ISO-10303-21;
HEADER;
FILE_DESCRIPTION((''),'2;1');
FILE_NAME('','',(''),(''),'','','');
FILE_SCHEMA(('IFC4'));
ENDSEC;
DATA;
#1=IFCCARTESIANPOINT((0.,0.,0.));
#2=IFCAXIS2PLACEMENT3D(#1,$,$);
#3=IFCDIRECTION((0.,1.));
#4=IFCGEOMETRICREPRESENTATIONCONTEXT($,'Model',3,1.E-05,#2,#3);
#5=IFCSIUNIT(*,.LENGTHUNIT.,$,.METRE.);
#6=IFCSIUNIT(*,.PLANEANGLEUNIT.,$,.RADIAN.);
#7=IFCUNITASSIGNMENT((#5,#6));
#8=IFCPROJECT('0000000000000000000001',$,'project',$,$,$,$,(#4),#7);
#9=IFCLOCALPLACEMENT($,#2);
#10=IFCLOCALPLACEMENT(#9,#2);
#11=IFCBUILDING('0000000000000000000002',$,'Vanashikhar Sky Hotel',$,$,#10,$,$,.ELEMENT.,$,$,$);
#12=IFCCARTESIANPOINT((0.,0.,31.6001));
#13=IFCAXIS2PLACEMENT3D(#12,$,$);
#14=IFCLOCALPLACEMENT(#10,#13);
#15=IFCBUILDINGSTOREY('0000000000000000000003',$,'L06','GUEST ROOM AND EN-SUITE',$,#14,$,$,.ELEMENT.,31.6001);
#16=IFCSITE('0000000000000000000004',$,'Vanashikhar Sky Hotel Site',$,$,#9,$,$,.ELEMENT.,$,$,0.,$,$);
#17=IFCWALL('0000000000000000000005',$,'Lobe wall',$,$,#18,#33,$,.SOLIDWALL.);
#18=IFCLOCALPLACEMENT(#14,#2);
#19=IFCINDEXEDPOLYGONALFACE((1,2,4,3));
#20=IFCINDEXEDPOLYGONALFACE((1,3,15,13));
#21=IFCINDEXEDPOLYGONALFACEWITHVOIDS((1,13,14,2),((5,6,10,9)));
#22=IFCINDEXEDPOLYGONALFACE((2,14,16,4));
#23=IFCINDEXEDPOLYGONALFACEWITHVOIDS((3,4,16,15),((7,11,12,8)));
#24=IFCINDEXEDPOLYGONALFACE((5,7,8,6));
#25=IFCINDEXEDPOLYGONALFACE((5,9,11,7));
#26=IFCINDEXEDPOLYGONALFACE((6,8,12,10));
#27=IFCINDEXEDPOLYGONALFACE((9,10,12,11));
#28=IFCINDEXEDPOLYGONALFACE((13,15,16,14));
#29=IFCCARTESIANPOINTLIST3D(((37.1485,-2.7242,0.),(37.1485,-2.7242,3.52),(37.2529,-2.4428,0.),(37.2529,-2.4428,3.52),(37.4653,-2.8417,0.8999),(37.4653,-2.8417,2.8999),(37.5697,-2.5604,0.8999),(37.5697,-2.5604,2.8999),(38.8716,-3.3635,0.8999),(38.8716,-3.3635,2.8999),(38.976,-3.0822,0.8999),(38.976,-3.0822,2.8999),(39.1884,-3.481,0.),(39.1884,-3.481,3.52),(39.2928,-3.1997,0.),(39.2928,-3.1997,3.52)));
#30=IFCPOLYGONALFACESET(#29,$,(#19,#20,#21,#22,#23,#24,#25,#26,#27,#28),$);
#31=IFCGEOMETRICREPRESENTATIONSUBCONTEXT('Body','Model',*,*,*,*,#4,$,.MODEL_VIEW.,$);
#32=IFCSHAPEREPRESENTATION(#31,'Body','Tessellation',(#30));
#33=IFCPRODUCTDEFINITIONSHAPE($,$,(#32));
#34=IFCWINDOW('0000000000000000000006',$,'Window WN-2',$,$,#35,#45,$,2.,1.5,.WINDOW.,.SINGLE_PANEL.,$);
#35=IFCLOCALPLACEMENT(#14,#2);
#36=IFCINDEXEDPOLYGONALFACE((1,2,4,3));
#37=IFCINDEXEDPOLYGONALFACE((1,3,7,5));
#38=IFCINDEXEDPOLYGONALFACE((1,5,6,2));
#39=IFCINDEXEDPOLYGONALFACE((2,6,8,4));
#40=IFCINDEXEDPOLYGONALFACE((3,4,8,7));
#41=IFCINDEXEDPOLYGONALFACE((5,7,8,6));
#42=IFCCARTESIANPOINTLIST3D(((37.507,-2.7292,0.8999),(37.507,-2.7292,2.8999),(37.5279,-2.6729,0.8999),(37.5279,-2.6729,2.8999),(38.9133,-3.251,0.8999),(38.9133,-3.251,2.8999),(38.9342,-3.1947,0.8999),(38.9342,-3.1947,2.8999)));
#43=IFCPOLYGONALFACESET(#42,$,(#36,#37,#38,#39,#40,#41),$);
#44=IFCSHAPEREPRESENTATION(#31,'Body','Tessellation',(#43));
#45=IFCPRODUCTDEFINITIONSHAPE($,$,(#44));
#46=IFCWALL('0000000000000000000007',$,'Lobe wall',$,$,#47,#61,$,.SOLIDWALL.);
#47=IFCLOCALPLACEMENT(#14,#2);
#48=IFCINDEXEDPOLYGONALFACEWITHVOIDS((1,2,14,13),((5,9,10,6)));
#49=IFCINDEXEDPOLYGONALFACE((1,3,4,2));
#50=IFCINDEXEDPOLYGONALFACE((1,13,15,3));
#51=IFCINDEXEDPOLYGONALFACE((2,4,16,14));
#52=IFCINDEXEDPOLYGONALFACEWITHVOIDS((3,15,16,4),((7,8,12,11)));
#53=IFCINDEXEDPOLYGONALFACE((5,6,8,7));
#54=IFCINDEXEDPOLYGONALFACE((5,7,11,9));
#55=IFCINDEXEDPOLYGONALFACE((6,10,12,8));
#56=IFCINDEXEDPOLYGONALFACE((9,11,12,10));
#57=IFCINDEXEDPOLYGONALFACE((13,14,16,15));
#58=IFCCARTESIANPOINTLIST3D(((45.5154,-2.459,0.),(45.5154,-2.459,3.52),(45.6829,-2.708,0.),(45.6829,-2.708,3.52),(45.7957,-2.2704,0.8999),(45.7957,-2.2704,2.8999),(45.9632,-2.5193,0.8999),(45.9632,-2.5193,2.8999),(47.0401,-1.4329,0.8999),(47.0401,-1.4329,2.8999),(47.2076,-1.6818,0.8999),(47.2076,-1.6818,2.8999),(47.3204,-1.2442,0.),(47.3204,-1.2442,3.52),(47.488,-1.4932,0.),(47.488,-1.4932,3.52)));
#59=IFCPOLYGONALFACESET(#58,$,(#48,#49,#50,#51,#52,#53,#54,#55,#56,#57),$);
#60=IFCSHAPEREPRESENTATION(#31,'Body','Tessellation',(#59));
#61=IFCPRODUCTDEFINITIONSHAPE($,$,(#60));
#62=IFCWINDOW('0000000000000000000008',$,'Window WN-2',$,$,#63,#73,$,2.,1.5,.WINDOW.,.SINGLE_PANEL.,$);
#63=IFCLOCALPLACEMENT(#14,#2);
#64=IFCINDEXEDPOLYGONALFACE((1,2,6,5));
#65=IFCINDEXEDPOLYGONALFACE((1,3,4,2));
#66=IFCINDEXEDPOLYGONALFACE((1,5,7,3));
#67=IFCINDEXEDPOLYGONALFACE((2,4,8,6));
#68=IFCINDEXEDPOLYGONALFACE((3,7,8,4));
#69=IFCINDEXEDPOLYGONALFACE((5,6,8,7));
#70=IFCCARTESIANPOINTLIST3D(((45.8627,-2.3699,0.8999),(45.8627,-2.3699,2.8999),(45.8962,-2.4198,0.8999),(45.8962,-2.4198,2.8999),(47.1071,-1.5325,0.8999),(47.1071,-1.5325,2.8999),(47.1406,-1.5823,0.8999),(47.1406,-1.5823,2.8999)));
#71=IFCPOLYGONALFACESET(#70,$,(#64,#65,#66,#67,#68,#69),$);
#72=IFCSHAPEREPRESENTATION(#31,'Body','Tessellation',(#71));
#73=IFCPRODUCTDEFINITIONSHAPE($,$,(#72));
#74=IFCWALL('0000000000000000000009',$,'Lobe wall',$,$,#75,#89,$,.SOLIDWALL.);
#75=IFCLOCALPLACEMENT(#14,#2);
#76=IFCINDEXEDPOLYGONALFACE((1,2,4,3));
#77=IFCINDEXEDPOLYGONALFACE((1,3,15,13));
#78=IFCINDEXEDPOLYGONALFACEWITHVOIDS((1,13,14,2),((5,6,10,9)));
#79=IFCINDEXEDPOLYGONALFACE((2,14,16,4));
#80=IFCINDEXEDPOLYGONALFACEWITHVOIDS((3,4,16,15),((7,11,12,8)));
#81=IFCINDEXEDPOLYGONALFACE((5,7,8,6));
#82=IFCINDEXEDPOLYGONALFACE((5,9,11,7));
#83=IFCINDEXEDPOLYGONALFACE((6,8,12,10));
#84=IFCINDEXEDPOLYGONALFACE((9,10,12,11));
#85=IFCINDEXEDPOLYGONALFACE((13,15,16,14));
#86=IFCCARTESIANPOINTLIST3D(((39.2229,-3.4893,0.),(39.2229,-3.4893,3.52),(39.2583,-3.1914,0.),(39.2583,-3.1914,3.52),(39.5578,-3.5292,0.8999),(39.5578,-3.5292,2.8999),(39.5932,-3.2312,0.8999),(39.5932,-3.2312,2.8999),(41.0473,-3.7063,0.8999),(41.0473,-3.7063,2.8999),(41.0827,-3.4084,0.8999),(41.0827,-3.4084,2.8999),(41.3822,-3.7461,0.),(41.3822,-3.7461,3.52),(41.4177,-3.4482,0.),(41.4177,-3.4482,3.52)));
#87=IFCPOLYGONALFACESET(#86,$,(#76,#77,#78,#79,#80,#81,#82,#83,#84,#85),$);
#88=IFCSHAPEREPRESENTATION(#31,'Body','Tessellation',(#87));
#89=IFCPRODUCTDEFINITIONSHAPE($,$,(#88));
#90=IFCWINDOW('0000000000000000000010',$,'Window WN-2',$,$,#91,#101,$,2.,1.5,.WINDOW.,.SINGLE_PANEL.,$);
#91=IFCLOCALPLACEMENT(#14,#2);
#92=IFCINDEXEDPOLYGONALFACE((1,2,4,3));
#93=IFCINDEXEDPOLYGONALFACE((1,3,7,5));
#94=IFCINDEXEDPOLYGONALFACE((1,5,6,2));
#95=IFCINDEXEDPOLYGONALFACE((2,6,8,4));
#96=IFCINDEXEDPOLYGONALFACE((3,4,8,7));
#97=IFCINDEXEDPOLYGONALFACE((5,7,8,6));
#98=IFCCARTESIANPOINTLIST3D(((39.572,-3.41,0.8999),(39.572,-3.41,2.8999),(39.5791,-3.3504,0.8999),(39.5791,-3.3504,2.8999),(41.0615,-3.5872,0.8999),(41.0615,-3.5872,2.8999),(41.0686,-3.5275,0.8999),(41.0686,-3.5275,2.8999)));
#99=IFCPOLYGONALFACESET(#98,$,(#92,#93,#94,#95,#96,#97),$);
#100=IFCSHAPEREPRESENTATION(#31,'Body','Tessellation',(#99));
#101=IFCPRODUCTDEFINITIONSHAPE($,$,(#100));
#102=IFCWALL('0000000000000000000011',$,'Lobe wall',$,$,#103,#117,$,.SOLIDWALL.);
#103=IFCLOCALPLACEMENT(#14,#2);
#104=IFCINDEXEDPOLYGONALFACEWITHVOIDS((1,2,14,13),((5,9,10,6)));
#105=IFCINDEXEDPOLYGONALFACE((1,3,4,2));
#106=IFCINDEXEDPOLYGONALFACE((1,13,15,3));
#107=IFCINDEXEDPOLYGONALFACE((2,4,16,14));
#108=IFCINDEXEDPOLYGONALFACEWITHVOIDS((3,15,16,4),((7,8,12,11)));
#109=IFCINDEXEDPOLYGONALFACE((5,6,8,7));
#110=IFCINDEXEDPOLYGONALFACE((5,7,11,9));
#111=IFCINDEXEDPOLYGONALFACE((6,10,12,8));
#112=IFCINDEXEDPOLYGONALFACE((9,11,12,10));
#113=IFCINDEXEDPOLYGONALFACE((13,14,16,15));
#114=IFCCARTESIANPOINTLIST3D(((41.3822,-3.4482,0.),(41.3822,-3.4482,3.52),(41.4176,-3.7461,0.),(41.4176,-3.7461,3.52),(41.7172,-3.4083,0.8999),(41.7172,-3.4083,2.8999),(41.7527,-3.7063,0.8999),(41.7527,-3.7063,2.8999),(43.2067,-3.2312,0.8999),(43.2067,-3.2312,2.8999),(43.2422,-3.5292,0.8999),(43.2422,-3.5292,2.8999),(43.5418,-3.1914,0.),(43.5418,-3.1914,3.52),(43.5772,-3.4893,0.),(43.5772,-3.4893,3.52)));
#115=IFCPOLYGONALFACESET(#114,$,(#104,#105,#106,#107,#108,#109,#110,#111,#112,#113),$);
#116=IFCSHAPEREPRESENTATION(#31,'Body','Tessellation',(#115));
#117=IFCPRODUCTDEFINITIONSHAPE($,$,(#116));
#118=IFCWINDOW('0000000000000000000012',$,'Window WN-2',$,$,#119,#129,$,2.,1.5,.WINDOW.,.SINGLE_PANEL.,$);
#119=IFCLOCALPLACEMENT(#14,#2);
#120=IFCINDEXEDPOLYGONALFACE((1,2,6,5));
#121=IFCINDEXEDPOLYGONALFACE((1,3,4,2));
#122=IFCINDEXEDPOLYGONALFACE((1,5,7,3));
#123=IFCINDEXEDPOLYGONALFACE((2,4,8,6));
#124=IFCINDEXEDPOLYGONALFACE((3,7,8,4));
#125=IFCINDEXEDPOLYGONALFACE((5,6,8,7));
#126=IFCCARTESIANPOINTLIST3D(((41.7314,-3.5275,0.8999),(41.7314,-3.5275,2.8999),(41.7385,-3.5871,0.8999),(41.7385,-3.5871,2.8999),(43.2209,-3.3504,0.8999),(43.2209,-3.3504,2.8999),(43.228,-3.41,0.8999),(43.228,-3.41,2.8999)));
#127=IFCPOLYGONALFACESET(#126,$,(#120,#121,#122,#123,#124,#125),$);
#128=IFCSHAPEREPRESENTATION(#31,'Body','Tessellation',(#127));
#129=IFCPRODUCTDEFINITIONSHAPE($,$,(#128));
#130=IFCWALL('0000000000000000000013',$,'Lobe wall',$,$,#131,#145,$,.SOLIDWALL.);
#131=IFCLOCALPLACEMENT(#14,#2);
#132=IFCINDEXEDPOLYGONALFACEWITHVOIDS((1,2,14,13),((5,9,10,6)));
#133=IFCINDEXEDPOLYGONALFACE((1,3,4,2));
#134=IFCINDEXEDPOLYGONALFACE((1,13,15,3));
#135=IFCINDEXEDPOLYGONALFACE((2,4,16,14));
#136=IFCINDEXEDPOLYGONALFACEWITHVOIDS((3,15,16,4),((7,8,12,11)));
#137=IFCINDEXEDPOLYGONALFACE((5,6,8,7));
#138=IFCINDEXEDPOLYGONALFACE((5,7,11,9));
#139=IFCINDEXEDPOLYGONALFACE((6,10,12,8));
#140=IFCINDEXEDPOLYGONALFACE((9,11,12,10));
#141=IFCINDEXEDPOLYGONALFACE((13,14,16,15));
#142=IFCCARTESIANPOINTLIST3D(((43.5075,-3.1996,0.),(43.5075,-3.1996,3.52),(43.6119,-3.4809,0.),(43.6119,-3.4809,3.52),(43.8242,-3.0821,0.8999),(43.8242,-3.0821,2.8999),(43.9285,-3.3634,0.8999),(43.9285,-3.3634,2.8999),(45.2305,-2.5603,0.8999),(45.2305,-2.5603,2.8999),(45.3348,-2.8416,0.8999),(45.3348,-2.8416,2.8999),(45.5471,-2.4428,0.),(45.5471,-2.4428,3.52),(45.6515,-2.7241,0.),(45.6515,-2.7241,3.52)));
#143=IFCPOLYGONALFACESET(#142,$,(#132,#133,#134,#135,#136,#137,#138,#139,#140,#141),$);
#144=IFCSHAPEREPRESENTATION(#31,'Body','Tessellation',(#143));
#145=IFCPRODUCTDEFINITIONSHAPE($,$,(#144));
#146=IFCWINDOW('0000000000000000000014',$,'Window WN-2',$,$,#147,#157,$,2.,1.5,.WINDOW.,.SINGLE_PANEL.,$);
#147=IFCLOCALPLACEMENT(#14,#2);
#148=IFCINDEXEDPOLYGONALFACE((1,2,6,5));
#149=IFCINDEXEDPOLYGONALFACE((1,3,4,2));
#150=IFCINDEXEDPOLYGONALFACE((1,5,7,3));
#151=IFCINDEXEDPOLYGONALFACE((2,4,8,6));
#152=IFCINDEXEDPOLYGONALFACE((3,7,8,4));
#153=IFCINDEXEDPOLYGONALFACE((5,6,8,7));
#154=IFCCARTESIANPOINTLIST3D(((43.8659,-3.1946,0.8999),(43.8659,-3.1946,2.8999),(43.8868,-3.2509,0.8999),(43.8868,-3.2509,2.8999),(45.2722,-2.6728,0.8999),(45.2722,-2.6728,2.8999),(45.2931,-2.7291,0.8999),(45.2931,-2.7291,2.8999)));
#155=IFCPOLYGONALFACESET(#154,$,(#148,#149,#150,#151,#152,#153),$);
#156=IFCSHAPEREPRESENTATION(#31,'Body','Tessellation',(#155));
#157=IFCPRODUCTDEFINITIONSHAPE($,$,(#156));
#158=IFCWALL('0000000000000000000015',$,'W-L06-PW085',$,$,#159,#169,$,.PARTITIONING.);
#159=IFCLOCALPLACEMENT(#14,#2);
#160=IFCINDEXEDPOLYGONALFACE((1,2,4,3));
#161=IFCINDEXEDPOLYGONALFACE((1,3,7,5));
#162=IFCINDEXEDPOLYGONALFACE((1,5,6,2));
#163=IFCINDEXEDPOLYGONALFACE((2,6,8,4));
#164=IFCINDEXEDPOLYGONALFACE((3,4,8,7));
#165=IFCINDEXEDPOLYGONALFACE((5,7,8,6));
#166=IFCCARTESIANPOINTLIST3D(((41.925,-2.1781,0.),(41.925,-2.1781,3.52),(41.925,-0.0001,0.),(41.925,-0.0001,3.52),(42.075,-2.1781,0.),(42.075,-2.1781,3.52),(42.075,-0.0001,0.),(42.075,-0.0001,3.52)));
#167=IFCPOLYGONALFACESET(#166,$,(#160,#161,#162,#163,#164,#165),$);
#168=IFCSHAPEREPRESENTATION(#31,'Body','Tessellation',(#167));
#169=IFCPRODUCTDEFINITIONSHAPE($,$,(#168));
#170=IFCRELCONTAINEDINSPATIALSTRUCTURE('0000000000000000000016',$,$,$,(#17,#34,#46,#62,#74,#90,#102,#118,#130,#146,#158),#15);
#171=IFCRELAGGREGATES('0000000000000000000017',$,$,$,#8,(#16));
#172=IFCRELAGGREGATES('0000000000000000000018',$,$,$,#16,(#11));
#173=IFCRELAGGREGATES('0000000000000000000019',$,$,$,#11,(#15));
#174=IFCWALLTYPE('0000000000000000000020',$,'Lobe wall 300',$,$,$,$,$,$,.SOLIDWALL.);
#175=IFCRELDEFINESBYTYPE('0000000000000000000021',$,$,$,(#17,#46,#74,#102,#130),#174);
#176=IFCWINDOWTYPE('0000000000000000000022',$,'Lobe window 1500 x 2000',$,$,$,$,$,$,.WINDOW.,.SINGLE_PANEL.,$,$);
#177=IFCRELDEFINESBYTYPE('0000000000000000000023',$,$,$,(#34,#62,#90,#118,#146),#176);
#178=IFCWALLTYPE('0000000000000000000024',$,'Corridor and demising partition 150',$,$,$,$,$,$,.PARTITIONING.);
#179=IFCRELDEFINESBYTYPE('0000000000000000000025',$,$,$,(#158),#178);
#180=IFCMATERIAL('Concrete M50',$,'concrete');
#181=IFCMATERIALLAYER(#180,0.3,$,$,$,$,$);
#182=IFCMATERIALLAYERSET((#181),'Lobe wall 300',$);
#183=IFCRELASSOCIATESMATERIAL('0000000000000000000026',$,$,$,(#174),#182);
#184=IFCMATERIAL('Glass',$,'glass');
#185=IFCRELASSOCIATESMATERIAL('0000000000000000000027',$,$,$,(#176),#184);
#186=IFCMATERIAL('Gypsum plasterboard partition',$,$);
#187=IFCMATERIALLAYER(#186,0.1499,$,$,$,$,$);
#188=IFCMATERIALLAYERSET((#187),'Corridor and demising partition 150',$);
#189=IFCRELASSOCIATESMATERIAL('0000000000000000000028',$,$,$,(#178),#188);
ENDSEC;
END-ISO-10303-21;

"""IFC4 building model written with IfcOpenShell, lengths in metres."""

from ifc_helpers import new_model, si_unit, direction, frame, frame_2d, origin, place, context, subcontext, project, spatial, rectangle, extrude, source, transform, mapped, material, layer, layer_set, type_object, element, fill, save


model = new_model("IFC4")

# Units and contexts
model_context = context("Model", 3, precision=1e-05, world=origin(), true_north=direction((0.0, 1.0)))
body_context = subcontext(model_context, "Body", "Model", "MODEL_VIEW")
ifc_project = project(units=[si_unit("LENGTHUNIT", "METRE"), si_unit("PLANEANGLEUNIT", "RADIAN")], contexts=[model_context])

# Site, building, storey
site_placement = place(None, origin())
site = spatial("IfcSite", under=ifc_project, at=site_placement, Name="Vanashikhar Sky Hotel Site", CompositionType="ELEMENT", RefElevation=0.0)
building_placement = place(site_placement, origin())
building = spatial("IfcBuilding", under=site, at=building_placement, Name="Vanashikhar Sky Hotel", CompositionType="ELEMENT")
storey_placement = place(building_placement, frame((0.0, 0.0, 31.6001)))
storey = spatial("IfcBuildingStorey", under=building, at=storey_placement, Name="L06", Description="GUEST ROOM AND EN-SUITE", CompositionType="ELEMENT", Elevation=31.6001)

# Walls, openings, windows
ifc_material_1 = material(Name="Concrete M50", Category="concrete")
ifc_layer_1 = layer(ifc_material_1, 0.3)
ifc_layer_set_1 = layer_set([ifc_layer_1], Name="Lobe wall 300")
wall_type_1 = type_object("IfcWallType", Name="Lobe wall 300", PredefinedType="SOLIDWALL", material=ifc_layer_set_1)
shared_shape_1 = source(origin(), body_context, "Body", "SweptSolid", [
    extrude(rectangle(XDim=2.1758, YDim=0.3, at=frame_2d((1.0879, 0.0))), origin(), (0.0, 0.0, 1.0), 3.52),
])
wall_1_placement = place(storey_placement, frame((37.2007, -2.5835, 0.0), z_axis=(0.0, 0.0, 1.0), x_axis=(0.937546, -0.347863, 0.0)))
wall_1 = element("IfcWall", 1, at=wall_1_placement, inside=storey, type_object=wall_type_1, Name="Lobe wall", PredefinedType="SOLIDWALL", context=body_context, shape_type="MappedRepresentation", body=[
    mapped(shared_shape_1, transform((0.0, 0.0, 0.0), scale=1.0)),
])
shared_shape_2 = source(origin(), body_context, "Body", "SweptSolid", [
    extrude(rectangle(XDim=1.5, YDim=2.0, at=frame_2d((0.75, 1.0))), frame((0.0, 0.1602, 0.0), z_axis=(0.0, -1.0, 0.0), x_axis=(1.0, 0.0, 0.0)), (0.0, 0.0, 1.0), 0.3201),
])
opening_1_placement = place(wall_1_placement, frame((0.3379, 0.0, 0.8999)))
opening_1 = element("IfcOpeningElement", 2, at=opening_1_placement, cuts=wall_1, PredefinedType="OPENING", context=body_context, shape_type="MappedRepresentation", body=[
    mapped(shared_shape_2, transform((0.0, 0.0, 0.0), scale=1.0)),
])
ifc_material_2 = material(Name="Glass", Category="glass")
window_type = type_object("IfcWindowType", Name="Lobe window 1500 x 2000", PartitioningType="SINGLE_PANEL", PredefinedType="WINDOW", material=ifc_material_2)
shared_shape_3 = source(origin(), body_context, "Body", "SweptSolid", [
    extrude(rectangle(XDim=1.5, YDim=2.0, at=frame_2d((0.75, 1.0))), frame((0.0, 0.03, 0.0), z_axis=(0.0, -1.0, 0.0), x_axis=(1.0, 0.0, 0.0)), (0.0, 0.0, 1.0), 0.0601),
])
window_1_placement = place(opening_1_placement, origin())
window_1 = element("IfcWindow", 3, at=window_1_placement, inside=storey, type_object=window_type, Name="Window WN-2", OverallHeight=2.0, OverallWidth=1.5, PartitioningType="SINGLE_PANEL", PredefinedType="WINDOW", context=body_context, shape_type="MappedRepresentation", body=[
    mapped(shared_shape_3, transform((0.0, 0.0, 0.0), scale=1.0)),
])
fill(opening_1, window_1)
wall_2_placement = place(storey_placement, frame((45.5991, -2.5835, 0.0), z_axis=(0.0, 0.0, 1.0), x_axis=(0.829626, 0.55832, 0.0)))
wall_2 = element("IfcWall", 4, at=wall_2_placement, inside=storey, type_object=wall_type_1, Name="Lobe wall", PredefinedType="SOLIDWALL", context=body_context, shape_type="MappedRepresentation", body=[
    mapped(shared_shape_1, transform((0.0, 0.0, 0.0), scale=1.0)),
])
opening_2_placement = place(wall_2_placement, frame((0.3379, 0.0, 0.8999)))
opening_2 = element("IfcOpeningElement", 5, at=opening_2_placement, cuts=wall_2, PredefinedType="OPENING", context=body_context, shape_type="MappedRepresentation", body=[
    mapped(shared_shape_2, transform((0.0, 0.0, 0.0), scale=1.0)),
])
window_2_placement = place(opening_2_placement, origin())
window_2 = element("IfcWindow", 6, at=window_2_placement, inside=storey, type_object=window_type, Name="Window WN-2", OverallHeight=2.0, OverallWidth=1.5, PartitioningType="SINGLE_PANEL", PredefinedType="WINDOW", context=body_context, shape_type="MappedRepresentation", body=[
    mapped(shared_shape_3, transform((0.0, 0.0, 0.0), scale=1.0)),
])
fill(opening_2, window_2)
shared_shape_4 = source(origin(), body_context, "Body", "SweptSolid", [
    extrude(rectangle(XDim=2.1746, YDim=0.3, at=frame_2d((1.0874, 0.0))), origin(), (0.0, 0.0, 1.0), 3.52),
])
wall_3_placement = place(storey_placement, frame((39.2405, -3.3403, 0.0), z_axis=(0.0, 0.0, 1.0), x_axis=(0.993001, -0.118105, 0.0)))
wall_3 = element("IfcWall", 7, at=wall_3_placement, inside=storey, type_object=wall_type_1, Name="Lobe wall", PredefinedType="SOLIDWALL", context=body_context, shape_type="MappedRepresentation", body=[
    mapped(shared_shape_4, transform((0.0, 0.0, 0.0), scale=1.0)),
])
opening_3_placement = place(wall_3_placement, frame((0.3374, 0.0, 0.8999)))
opening_3 = element("IfcOpeningElement", 8, at=opening_3_placement, cuts=wall_3, PredefinedType="OPENING", context=body_context, shape_type="MappedRepresentation", body=[
    mapped(shared_shape_2, transform((0.0, 0.0, 0.0), scale=1.0)),
])
window_3_placement = place(opening_3_placement, origin())
window_3 = element("IfcWindow", 9, at=window_3_placement, inside=storey, type_object=window_type, Name="Window WN-2", OverallHeight=2.0, OverallWidth=1.5, PartitioningType="SINGLE_PANEL", PredefinedType="WINDOW", context=body_context, shape_type="MappedRepresentation", body=[
    mapped(shared_shape_3, transform((0.0, 0.0, 0.0), scale=1.0)),
])
fill(opening_3, window_3)
shared_shape_5 = source(origin(), body_context, "Body", "SweptSolid", [
    extrude(rectangle(XDim=2.1748, YDim=0.3, at=frame_2d((1.0874, 0.0))), origin(), (0.0, 0.0, 1.0), 3.52),
])
wall_4_placement = place(storey_placement, frame((41.3999, -3.5972, 0.0), z_axis=(0.0, 0.0, 1.0), x_axis=(0.993003, 0.118092, 0.0)))
wall_4 = element("IfcWall", 10, at=wall_4_placement, inside=storey, type_object=wall_type_1, Name="Lobe wall", PredefinedType="SOLIDWALL", context=body_context, shape_type="MappedRepresentation", body=[
    mapped(shared_shape_5, transform((0.0, 0.0, 0.0), scale=1.0)),
])
opening_4_placement = place(wall_4_placement, frame((0.3374, 0.0, 0.8999)))
opening_4 = element("IfcOpeningElement", 11, at=opening_4_placement, cuts=wall_4, PredefinedType="OPENING", context=body_context, shape_type="MappedRepresentation", body=[
    mapped(shared_shape_2, transform((0.0, 0.0, 0.0), scale=1.0)),
])
window_4_placement = place(opening_4_placement, origin())
window_4 = element("IfcWindow", 12, at=window_4_placement, inside=storey, type_object=window_type, Name="Window WN-2", OverallHeight=2.0, OverallWidth=1.5, PartitioningType="SINGLE_PANEL", PredefinedType="WINDOW", context=body_context, shape_type="MappedRepresentation", body=[
    mapped(shared_shape_3, transform((0.0, 0.0, 0.0), scale=1.0)),
])
fill(opening_4, window_4)
shared_shape_6 = source(origin(), body_context, "Body", "SweptSolid", [
    extrude(rectangle(XDim=2.1755, YDim=0.3, at=frame_2d((1.0879, 0.0))), origin(), (0.0, 0.0, 1.0), 3.52),
])
wall_5_placement = place(storey_placement, frame((43.5596, -3.3403, 0.0), z_axis=(0.0, 0.0, 1.0), x_axis=(0.937532, 0.347899, 0.0)))
wall_5 = element("IfcWall", 13, at=wall_5_placement, inside=storey, type_object=wall_type_1, Name="Lobe wall", PredefinedType="SOLIDWALL", context=body_context, shape_type="MappedRepresentation", body=[
    mapped(shared_shape_6, transform((0.0, 0.0, 0.0), scale=1.0)),
])
opening_5_placement = place(wall_5_placement, frame((0.3379, 0.0, 0.8999)))
opening_5 = element("IfcOpeningElement", 14, at=opening_5_placement, cuts=wall_5, PredefinedType="OPENING", context=body_context, shape_type="MappedRepresentation", body=[
    mapped(shared_shape_2, transform((0.0, 0.0, 0.0), scale=1.0)),
])
window_5_placement = place(opening_5_placement, origin())
window_5 = element("IfcWindow", 15, at=window_5_placement, inside=storey, type_object=window_type, Name="Window WN-2", OverallHeight=2.0, OverallWidth=1.5, PartitioningType="SINGLE_PANEL", PredefinedType="WINDOW", context=body_context, shape_type="MappedRepresentation", body=[
    mapped(shared_shape_3, transform((0.0, 0.0, 0.0), scale=1.0)),
])
fill(opening_5, window_5)

# Wall
ifc_material_3 = material(Name="Gypsum plasterboard partition")
ifc_layer_2 = layer(ifc_material_3, 0.1499)
ifc_layer_set_2 = layer_set([ifc_layer_2], Name="Corridor and demising partition 150")
wall_type_2 = type_object("IfcWallType", Name="Corridor and demising partition 150", PredefinedType="PARTITIONING", material=ifc_layer_set_2)
shared_shape_7 = source(origin(), body_context, "Body", "SweptSolid", [
    extrude(rectangle(XDim=2.178, YDim=0.1499, at=frame_2d((1.0889, 0.0))), origin(), (0.0, 0.0, 1.0), 3.52),
])
wall_6_placement = place(storey_placement, frame((42.0, -2.178, 0.0), z_axis=(0.0, 0.0, 1.0), x_axis=(0.0, 1.0, 0.0)))
element("IfcWall", 16, at=wall_6_placement, inside=storey, type_object=wall_type_2, Name="W-L06-PW085", PredefinedType="PARTITIONING", context=body_context, shape_type="MappedRepresentation", body=[
    mapped(shared_shape_7, transform((0.0, 0.0, 0.0), scale=1.0)),
])

save(model, "model.ifc")
